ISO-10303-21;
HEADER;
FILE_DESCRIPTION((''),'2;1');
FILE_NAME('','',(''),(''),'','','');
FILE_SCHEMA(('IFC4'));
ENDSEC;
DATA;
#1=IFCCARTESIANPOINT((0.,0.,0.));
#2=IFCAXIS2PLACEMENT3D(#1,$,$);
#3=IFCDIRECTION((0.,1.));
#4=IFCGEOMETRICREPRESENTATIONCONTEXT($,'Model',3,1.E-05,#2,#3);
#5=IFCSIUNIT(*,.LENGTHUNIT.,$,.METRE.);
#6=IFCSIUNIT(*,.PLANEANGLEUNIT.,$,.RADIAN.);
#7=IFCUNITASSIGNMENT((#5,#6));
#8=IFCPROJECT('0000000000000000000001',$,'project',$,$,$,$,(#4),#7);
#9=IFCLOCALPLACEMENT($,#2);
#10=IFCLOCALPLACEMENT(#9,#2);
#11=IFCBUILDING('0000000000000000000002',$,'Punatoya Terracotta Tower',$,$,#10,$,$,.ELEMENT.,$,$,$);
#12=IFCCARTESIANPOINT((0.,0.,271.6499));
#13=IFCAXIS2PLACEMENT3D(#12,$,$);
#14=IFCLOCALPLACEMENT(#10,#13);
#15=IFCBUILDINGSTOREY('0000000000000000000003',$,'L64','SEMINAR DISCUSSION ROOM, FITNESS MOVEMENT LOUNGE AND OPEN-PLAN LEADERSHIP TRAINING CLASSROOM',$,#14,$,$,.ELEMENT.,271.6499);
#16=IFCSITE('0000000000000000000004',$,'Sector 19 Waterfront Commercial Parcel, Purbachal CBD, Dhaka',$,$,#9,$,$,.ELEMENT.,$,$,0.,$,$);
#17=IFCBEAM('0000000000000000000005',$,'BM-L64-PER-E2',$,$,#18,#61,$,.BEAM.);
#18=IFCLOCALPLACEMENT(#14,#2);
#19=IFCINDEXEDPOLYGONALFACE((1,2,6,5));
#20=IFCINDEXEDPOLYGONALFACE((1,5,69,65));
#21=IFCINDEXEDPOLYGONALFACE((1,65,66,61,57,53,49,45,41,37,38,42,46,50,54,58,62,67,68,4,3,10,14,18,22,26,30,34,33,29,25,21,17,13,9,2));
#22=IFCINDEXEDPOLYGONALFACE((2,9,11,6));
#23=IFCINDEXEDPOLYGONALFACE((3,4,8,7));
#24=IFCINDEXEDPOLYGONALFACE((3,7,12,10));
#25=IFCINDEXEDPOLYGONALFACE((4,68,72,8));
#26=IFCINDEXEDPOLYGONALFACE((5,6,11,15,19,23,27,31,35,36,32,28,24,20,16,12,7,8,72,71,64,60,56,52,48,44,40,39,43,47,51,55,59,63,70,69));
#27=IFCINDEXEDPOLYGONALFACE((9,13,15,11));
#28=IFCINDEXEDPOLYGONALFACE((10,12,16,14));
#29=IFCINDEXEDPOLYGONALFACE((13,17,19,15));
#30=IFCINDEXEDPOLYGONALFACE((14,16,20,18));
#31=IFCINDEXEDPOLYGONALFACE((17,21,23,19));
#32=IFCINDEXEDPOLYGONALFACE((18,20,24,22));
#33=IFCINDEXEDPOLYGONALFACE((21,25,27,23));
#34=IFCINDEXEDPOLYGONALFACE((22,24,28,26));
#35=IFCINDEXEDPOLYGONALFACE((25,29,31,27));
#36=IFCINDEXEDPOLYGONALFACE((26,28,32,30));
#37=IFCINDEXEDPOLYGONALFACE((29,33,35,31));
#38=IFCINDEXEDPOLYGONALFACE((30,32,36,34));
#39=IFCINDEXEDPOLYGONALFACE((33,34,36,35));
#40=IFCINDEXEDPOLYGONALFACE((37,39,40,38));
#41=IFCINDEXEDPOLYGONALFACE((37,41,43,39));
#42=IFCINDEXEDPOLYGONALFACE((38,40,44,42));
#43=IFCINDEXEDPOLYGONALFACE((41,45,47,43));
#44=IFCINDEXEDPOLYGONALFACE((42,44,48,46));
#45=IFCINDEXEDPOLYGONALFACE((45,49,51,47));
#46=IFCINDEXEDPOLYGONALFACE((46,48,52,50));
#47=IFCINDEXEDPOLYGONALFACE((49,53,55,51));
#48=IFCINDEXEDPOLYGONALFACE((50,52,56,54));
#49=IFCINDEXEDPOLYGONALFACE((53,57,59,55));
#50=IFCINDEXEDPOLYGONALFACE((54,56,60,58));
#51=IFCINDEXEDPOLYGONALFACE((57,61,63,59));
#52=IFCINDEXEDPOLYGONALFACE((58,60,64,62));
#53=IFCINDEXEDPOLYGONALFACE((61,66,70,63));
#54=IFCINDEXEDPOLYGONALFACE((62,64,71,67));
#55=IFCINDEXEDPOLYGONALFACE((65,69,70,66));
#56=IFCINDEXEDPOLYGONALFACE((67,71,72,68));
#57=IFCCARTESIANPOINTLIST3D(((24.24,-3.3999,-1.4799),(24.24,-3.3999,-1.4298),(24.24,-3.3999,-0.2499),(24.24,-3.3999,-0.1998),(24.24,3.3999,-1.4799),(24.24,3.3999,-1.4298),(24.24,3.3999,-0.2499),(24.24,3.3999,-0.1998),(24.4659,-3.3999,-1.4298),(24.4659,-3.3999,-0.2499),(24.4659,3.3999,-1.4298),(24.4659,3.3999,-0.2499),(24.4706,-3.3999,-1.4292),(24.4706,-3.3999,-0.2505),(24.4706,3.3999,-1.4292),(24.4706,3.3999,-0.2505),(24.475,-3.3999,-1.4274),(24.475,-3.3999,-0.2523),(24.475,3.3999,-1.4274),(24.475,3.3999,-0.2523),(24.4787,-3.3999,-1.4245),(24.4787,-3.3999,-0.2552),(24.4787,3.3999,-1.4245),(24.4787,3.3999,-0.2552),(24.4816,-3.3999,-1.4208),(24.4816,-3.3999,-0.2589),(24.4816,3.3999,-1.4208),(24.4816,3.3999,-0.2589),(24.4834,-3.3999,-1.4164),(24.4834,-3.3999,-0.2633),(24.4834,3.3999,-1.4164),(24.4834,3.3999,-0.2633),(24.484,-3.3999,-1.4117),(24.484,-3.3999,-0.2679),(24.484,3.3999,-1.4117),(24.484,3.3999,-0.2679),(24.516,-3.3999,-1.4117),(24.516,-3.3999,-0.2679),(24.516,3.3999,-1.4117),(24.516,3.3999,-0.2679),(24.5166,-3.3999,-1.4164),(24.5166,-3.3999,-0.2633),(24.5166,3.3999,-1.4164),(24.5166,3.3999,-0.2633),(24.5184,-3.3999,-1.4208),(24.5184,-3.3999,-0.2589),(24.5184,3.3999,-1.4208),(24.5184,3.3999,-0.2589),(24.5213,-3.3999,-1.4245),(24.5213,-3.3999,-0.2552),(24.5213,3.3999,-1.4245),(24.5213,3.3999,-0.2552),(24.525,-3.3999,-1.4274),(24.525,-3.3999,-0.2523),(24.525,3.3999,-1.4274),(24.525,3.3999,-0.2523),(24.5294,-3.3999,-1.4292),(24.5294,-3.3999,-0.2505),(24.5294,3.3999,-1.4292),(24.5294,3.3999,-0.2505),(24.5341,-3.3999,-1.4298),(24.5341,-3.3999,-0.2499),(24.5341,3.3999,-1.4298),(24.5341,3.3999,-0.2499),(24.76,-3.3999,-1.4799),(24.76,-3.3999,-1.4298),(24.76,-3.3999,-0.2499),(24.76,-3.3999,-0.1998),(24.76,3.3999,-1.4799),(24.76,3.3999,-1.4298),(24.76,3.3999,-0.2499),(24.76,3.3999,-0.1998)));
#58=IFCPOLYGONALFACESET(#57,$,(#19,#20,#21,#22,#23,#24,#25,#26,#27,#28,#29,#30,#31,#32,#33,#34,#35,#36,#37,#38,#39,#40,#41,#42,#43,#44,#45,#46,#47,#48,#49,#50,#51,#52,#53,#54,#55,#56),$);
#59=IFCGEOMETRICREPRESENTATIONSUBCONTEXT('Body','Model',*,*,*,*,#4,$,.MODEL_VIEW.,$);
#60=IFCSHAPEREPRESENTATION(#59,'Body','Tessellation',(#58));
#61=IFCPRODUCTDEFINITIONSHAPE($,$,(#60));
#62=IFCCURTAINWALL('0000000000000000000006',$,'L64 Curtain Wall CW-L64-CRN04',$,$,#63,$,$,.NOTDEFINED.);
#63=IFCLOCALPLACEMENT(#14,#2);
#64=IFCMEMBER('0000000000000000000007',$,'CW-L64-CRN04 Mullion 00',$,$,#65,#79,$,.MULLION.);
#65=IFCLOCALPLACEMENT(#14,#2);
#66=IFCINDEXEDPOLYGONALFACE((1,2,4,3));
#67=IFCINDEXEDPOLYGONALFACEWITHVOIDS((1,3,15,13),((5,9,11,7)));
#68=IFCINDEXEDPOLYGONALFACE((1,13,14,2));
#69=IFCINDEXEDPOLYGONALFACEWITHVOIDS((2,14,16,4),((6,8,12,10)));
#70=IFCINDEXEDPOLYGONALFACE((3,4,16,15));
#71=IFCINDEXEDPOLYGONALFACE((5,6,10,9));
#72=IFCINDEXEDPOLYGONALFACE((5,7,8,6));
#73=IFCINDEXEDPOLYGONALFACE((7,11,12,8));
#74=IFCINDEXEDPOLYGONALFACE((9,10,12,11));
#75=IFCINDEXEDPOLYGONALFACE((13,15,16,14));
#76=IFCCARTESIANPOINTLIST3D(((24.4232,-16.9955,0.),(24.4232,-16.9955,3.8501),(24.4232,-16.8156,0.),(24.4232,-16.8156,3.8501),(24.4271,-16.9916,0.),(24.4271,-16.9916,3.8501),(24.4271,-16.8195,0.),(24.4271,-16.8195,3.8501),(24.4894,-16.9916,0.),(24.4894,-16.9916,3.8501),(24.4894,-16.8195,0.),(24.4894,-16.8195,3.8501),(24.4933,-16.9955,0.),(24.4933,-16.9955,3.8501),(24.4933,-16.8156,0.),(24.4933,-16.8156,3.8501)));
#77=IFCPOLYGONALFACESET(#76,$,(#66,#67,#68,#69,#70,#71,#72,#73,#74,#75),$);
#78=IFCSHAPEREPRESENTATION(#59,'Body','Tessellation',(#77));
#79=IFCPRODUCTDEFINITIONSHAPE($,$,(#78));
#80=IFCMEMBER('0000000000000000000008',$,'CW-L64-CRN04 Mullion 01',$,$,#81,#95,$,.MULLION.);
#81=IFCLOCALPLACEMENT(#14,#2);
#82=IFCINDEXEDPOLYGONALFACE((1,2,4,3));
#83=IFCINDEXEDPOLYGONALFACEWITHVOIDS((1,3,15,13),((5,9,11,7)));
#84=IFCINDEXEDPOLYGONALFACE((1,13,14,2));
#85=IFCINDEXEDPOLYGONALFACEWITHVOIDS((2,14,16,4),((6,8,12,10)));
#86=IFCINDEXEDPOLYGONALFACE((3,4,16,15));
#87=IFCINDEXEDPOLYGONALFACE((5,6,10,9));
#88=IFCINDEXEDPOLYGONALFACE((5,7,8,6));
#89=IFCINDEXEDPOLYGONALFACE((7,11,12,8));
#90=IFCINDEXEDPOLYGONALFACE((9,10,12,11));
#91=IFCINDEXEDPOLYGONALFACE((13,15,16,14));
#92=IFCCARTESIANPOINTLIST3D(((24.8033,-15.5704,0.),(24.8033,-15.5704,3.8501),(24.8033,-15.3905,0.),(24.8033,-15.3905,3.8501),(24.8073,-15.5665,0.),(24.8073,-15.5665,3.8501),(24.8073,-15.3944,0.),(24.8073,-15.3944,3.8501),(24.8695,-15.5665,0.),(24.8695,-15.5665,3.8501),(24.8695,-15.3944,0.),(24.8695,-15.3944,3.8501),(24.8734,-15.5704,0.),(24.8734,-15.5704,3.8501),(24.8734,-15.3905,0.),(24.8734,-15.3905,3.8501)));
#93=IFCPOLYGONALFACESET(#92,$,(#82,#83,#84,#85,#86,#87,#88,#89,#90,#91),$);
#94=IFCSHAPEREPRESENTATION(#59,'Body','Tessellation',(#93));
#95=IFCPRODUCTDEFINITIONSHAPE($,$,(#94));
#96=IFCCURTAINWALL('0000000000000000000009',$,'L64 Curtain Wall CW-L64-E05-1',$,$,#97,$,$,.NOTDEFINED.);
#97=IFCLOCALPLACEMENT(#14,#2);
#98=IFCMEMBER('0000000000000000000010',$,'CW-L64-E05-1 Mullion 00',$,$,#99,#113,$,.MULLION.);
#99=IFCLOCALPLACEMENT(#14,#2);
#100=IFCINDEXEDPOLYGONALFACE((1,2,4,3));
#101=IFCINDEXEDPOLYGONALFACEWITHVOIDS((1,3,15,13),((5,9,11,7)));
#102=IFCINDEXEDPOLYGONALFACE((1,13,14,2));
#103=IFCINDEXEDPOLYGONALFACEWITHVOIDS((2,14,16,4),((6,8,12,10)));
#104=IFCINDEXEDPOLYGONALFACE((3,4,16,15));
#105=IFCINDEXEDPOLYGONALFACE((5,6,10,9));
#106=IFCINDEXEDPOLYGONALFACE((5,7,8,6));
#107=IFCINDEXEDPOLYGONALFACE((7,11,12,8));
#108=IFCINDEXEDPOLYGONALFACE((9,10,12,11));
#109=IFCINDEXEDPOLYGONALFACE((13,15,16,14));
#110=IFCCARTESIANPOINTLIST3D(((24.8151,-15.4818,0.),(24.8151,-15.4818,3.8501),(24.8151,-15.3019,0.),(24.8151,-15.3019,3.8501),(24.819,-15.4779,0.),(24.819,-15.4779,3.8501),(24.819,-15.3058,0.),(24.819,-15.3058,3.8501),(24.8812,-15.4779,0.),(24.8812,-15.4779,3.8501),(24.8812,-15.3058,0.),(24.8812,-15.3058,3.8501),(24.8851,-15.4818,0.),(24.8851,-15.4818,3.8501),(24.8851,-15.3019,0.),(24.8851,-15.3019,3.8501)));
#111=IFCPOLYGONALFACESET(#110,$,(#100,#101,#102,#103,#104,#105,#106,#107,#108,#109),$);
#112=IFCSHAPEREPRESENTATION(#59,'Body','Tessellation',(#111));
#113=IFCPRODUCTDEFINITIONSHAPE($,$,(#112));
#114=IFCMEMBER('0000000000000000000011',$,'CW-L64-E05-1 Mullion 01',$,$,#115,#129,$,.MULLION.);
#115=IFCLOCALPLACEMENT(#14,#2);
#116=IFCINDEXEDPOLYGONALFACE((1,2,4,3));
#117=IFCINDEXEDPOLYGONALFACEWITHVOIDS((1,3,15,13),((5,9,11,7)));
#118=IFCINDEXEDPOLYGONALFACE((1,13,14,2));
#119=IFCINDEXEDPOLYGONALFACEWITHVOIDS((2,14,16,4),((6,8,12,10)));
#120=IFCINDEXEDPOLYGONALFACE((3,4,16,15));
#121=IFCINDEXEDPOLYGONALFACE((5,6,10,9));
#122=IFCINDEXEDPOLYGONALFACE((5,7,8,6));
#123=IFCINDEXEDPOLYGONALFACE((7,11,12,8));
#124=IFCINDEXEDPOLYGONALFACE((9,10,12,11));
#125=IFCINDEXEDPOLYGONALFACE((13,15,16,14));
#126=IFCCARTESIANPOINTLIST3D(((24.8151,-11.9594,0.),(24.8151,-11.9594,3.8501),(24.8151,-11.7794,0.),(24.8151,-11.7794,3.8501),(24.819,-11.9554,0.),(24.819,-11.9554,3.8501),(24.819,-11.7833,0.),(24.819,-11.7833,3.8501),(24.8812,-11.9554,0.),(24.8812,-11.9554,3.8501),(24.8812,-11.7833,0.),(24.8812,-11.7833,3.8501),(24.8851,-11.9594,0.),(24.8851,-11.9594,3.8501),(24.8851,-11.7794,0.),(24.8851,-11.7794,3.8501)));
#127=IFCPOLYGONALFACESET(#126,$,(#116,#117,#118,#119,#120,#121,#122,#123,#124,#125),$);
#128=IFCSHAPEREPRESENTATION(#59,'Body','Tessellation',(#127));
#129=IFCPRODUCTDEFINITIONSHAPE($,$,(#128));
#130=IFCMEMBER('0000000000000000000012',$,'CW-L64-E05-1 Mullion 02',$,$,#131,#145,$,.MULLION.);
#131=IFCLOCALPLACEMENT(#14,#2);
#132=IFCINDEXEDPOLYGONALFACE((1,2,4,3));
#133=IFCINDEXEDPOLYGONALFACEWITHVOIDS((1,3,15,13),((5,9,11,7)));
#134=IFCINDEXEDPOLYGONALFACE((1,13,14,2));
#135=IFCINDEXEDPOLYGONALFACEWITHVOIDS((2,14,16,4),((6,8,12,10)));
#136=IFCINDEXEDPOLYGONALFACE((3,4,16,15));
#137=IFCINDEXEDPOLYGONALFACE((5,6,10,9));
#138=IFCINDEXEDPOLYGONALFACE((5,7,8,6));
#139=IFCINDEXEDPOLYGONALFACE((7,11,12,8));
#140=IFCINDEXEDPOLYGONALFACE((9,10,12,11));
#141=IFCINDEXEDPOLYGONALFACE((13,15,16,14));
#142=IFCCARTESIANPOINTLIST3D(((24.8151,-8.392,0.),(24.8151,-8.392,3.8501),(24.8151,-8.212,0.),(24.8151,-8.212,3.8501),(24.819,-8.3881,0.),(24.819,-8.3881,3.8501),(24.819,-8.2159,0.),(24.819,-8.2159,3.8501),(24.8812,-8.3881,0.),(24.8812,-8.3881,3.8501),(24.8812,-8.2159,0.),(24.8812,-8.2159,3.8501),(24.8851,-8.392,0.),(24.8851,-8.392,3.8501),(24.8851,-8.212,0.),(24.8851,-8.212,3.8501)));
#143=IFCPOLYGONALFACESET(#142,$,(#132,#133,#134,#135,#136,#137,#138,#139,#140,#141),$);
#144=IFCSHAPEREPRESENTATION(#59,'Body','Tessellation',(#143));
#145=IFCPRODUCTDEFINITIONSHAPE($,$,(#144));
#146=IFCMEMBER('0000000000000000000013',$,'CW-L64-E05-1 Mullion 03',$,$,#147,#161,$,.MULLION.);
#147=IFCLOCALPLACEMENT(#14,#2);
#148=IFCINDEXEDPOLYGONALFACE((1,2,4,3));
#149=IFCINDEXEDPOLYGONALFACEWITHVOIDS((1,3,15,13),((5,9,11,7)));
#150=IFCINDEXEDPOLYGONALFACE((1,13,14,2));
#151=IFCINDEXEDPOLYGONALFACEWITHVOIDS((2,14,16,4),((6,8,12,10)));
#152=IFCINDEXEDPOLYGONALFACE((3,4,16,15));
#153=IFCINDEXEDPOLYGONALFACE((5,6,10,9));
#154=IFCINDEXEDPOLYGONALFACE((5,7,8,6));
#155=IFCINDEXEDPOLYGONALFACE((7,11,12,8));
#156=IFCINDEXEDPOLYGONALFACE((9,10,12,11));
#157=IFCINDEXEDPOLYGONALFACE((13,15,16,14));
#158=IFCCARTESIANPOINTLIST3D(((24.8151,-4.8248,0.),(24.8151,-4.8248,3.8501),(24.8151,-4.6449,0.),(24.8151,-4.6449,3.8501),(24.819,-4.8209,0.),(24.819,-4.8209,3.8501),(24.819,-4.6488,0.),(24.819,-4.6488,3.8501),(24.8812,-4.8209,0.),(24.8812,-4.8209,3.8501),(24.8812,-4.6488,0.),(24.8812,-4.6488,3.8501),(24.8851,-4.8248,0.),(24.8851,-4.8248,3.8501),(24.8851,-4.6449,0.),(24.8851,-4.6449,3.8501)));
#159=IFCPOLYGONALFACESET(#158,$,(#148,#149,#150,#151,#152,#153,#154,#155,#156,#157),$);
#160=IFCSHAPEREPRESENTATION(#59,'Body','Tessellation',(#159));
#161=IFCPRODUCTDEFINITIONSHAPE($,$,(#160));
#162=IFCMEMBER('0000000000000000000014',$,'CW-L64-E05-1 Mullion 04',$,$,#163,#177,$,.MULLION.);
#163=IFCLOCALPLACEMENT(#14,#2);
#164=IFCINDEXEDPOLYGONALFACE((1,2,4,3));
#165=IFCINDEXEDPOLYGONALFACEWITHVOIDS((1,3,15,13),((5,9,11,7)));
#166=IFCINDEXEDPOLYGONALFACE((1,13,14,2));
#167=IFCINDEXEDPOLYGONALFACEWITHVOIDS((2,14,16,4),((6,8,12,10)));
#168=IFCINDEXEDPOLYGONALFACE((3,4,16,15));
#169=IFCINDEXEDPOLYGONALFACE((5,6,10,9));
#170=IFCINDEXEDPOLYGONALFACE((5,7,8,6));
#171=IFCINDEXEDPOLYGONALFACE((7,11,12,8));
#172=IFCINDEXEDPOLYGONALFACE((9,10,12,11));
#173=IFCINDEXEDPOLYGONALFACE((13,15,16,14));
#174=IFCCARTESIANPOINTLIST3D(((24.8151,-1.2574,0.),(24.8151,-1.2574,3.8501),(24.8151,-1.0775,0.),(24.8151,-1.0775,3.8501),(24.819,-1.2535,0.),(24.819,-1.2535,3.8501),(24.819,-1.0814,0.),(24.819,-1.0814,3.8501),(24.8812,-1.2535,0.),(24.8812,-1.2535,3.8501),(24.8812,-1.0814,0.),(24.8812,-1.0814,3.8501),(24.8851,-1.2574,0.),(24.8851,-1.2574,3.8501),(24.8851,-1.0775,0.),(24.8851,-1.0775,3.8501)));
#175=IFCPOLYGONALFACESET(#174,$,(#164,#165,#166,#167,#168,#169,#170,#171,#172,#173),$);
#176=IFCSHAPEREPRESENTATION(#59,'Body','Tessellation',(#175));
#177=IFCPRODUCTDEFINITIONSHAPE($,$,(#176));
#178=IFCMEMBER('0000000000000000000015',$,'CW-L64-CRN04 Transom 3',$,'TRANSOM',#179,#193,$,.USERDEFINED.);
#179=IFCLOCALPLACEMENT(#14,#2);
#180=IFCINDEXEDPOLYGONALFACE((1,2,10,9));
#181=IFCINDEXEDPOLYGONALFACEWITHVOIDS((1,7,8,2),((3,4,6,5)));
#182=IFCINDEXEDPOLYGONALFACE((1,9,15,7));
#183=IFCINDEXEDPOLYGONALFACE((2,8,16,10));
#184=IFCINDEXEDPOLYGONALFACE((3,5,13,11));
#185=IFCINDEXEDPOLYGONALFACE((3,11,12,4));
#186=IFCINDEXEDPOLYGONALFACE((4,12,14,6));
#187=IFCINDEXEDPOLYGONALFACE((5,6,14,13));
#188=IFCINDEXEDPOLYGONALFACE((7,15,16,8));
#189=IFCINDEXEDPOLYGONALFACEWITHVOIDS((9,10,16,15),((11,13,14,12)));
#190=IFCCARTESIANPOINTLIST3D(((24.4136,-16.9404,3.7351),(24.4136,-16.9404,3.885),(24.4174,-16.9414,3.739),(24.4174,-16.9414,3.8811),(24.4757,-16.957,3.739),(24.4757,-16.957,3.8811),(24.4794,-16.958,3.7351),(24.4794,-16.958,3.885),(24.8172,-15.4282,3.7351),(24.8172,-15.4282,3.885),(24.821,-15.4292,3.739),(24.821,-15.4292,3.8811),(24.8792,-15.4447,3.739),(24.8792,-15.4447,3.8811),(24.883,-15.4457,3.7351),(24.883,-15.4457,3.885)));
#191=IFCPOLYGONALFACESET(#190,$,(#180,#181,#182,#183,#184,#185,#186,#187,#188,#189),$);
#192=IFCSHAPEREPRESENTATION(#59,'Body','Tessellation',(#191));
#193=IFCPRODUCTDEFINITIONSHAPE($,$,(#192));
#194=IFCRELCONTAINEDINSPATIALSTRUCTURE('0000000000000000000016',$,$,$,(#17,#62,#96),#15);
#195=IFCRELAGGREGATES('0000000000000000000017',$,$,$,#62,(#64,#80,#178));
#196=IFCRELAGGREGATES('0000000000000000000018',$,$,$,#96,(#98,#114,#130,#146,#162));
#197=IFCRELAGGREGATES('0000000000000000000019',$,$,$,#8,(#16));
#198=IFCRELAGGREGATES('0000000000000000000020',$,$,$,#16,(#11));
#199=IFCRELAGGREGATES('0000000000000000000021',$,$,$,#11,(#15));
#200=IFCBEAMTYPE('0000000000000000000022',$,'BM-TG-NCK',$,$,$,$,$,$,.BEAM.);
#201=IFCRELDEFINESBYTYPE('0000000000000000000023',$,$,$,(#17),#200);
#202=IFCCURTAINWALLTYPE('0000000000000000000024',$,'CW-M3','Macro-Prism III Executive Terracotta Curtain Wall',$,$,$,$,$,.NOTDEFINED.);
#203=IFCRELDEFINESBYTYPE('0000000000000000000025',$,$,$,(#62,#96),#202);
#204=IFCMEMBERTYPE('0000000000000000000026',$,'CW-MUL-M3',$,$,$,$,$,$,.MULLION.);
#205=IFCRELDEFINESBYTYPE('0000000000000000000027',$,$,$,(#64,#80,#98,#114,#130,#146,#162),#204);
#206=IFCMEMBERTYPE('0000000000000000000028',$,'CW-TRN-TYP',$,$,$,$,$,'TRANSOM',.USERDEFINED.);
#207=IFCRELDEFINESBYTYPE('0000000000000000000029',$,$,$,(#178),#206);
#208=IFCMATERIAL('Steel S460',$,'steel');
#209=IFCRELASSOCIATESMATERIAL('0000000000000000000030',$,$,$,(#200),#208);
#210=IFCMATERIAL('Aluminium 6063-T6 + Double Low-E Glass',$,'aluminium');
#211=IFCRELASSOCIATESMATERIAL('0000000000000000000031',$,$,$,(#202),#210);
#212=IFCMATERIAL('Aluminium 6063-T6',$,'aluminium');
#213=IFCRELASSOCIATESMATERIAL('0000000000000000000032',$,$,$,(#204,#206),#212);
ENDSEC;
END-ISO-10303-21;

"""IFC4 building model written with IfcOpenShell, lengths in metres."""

from ifc_helpers import new_model, si_unit, direction, frame, origin, origin_2d, place, context, subcontext, project, spatial, hollow_rectangle, i_section, extrude, material, material_profile, profile_set, type_object, element, aggregate, save


model = new_model("IFC4")

# Units and contexts
model_context = context("Model", 3, precision=1e-05, world=origin(), true_north=direction((0.0, 1.0)))
body_context = subcontext(model_context, "Body", "Model", "MODEL_VIEW")
ifc_project = project(units=[si_unit("LENGTHUNIT", "METRE"), si_unit("PLANEANGLEUNIT", "RADIAN")], contexts=[model_context])

# Site, building, storey
site_placement = place(None, origin())
site = spatial("IfcSite", under=ifc_project, at=site_placement, Name="Sector 19 Waterfront Commercial Parcel, Purbachal CBD, Dhaka", CompositionType="ELEMENT", RefElevation=0.0)
building_placement = place(site_placement, origin())
building = spatial("IfcBuilding", under=site, at=building_placement, Name="Punatoya Terracotta Tower", CompositionType="ELEMENT")
storey_placement = place(building_placement, frame((0.0, 0.0, 271.6499)))
storey = spatial("IfcBuildingStorey", under=building, at=storey_placement, Name="L64", Description="SEMINAR DISCUSSION ROOM, FITNESS MOVEMENT LOUNGE AND OPEN-PLAN LEADERSHIP TRAINING CLASSROOM", CompositionType="ELEMENT", Elevation=271.6499)

# Shared definitions
ifc_material_1 = material(Name="Steel S460", Category="steel")

# Beam
ifc_material_profile_1 = material_profile(ifc_material_1, i_section(OverallWidth=0.52, OverallDepth=1.28, WebThickness=0.032, FlangeThickness=0.05, FilletRadius=0.0181, at=origin_2d()))
ifc_profile_set_1 = profile_set([ifc_material_profile_1], Name="Steel S460")
beam_type_1 = type_object("IfcBeamType", Name="BM-TG-NCK", PredefinedType="BEAM", material=ifc_profile_set_1)
beam_1_placement = place(storey_placement, frame((24.5, -3.3999, -0.8398), z_axis=(0.0, 1.0, 0.0), x_axis=(-1.0, 0.0, 0.0)))
element("IfcBeam", 1, at=beam_1_placement, inside=storey, type_object=beam_type_1, Name="BM-L64-PER-E2", PredefinedType="BEAM", context=body_context, shape_type="SweptSolid", body=[
    extrude(i_section(OverallWidth=0.52, OverallDepth=1.28, WebThickness=0.032, FlangeThickness=0.05, FilletRadius=0.0181, at=origin_2d()), origin(), (0.0, 0.0, 1.0), 6.7998),
])

# Curtain walls, members
ifc_material_2 = material(Name="Aluminium 6063-T6 + Double Low-E Glass", Category="aluminium")
curtain_wall_type = type_object("IfcCurtainWallType", Name="CW-M3", Description="Macro-Prism III Executive Terracotta Curtain Wall", PredefinedType="NOTDEFINED", material=ifc_material_2)
curtain_wall_1_placement = place(storey_placement, origin())
curtain_wall_1 = element("IfcCurtainWall", 2, at=curtain_wall_1_placement, inside=storey, type_object=curtain_wall_type, Name="L64 Curtain Wall CW-L64-CRN04", PredefinedType="NOTDEFINED")
ifc_material_3 = material(Name="Aluminium 6063-T6", Category="aluminium")
ifc_material_profile_2 = material_profile(ifc_material_3, hollow_rectangle(XDim=0.0701, YDim=0.1799, WallThickness=0.0039, at=origin_2d()))
ifc_profile_set_2 = profile_set([ifc_material_profile_2], Name="Aluminium 6063-T6")
member_type_1 = type_object("IfcMemberType", Name="CW-MUL-M3", PredefinedType="MULLION", material=ifc_profile_set_2)
member_1_placement = place(storey_placement, frame((24.4583, -16.9055, 0.0), z_axis=(0.0, 0.0, 1.0), x_axis=(1.0, 0.0, 0.0)))
member_1 = element("IfcMember", 3, at=member_1_placement, type_object=member_type_1, Name="CW-L64-CRN04 Mullion 00", PredefinedType="MULLION", context=body_context, shape_type="SweptSolid", body=[
    extrude(hollow_rectangle(XDim=0.0701, YDim=0.1799, WallThickness=0.0039, at=origin_2d()), origin(), (0.0, 0.0, 1.0), 3.8501),
])
member_2_placement = place(storey_placement, frame((24.8384, -15.4805, 0.0), z_axis=(0.0, 0.0, 1.0), x_axis=(1.0, 0.0, 0.0)))
member_2 = element("IfcMember", 4, at=member_2_placement, type_object=member_type_1, Name="CW-L64-CRN04 Mullion 01", PredefinedType="MULLION", context=body_context, shape_type="SweptSolid", body=[
    extrude(hollow_rectangle(XDim=0.0701, YDim=0.1799, WallThickness=0.0039, at=origin_2d()), origin(), (0.0, 0.0, 1.0), 3.8501),
])
curtain_wall_2_placement = place(storey_placement, origin())
curtain_wall_2 = element("IfcCurtainWall", 5, at=curtain_wall_2_placement, inside=storey, type_object=curtain_wall_type, Name="L64 Curtain Wall CW-L64-E05-1", PredefinedType="NOTDEFINED")
member_3_placement = place(storey_placement, frame((24.8501, -15.3918, 0.0), z_axis=(0.0, 0.0, 1.0), x_axis=(1.0, 0.0, 0.0)))
member_3 = element("IfcMember", 6, at=member_3_placement, type_object=member_type_1, Name="CW-L64-E05-1 Mullion 00", PredefinedType="MULLION", context=body_context, shape_type="SweptSolid", body=[
    extrude(hollow_rectangle(XDim=0.0701, YDim=0.1799, WallThickness=0.0039, at=origin_2d()), origin(), (0.0, 0.0, 1.0), 3.8501),
])
member_4_placement = place(storey_placement, frame((24.8501, -11.8694, 0.0), z_axis=(0.0, 0.0, 1.0), x_axis=(1.0, 0.0, 0.0)))
member_4 = element("IfcMember", 7, at=member_4_placement, type_object=member_type_1, Name="CW-L64-E05-1 Mullion 01", PredefinedType="MULLION", context=body_context, shape_type="SweptSolid", body=[
    extrude(hollow_rectangle(XDim=0.0701, YDim=0.1799, WallThickness=0.0039, at=origin_2d()), origin(), (0.0, 0.0, 1.0), 3.8501),
])
member_5_placement = place(storey_placement, frame((24.8501, -8.302, 0.0), z_axis=(0.0, 0.0, 1.0), x_axis=(1.0, 0.0, 0.0)))
member_5 = element("IfcMember", 8, at=member_5_placement, type_object=member_type_1, Name="CW-L64-E05-1 Mullion 02", PredefinedType="MULLION", context=body_context, shape_type="SweptSolid", body=[
    extrude(hollow_rectangle(XDim=0.0701, YDim=0.1799, WallThickness=0.0039, at=origin_2d()), origin(), (0.0, 0.0, 1.0), 3.8501),
])
member_6_placement = place(storey_placement, frame((24.8501, -4.7349, 0.0), z_axis=(0.0, 0.0, 1.0), x_axis=(1.0, 0.0, 0.0)))
member_6 = element("IfcMember", 9, at=member_6_placement, type_object=member_type_1, Name="CW-L64-E05-1 Mullion 03", PredefinedType="MULLION", context=body_context, shape_type="SweptSolid", body=[
    extrude(hollow_rectangle(XDim=0.0701, YDim=0.1799, WallThickness=0.0039, at=origin_2d()), origin(), (0.0, 0.0, 1.0), 3.8501),
])
member_7_placement = place(storey_placement, frame((24.8501, -1.1675, 0.0), z_axis=(0.0, 0.0, 1.0), x_axis=(1.0, 0.0, 0.0)))
member_7 = element("IfcMember", 10, at=member_7_placement, type_object=member_type_1, Name="CW-L64-E05-1 Mullion 04", PredefinedType="MULLION", context=body_context, shape_type="SweptSolid", body=[
    extrude(hollow_rectangle(XDim=0.0701, YDim=0.1799, WallThickness=0.0039, at=origin_2d()), origin(), (0.0, 0.0, 1.0), 3.8501),
])

# Member
ifc_material_profile_3 = material_profile(ifc_material_3, hollow_rectangle(XDim=0.0681, YDim=0.1499, WallThickness=0.0039, at=origin_2d()))
ifc_profile_set_3 = profile_set([ifc_material_profile_3], Name="Aluminium 6063-T6")
member_type_2 = type_object("IfcMemberType", Name="CW-TRN-TYP", ElementType="TRANSOM", PredefinedType="USERDEFINED", material=ifc_profile_set_3)
member_8_placement = place(storey_placement, frame((24.4465, -16.9492, 3.8101), z_axis=(0.257847, 0.966186, 0.0), x_axis=(-0.966186, 0.257847, 0.0)))
member_8 = element("IfcMember", 11, at=member_8_placement, type_object=member_type_2, Name="CW-L64-CRN04 Transom 3", ObjectType="TRANSOM", PredefinedType="USERDEFINED", context=body_context, shape_type="SweptSolid", body=[
    extrude(hollow_rectangle(XDim=0.0681, YDim=0.1499, WallThickness=0.0039, at=origin_2d()), origin(), (0.0, 0.0, 1.0), 1.5652),
])

aggregate(curtain_wall_1, [member_1, member_2, member_8])
aggregate(curtain_wall_2, [member_3, member_4, member_5, member_6, member_7])

save(model, "model.ifc")
